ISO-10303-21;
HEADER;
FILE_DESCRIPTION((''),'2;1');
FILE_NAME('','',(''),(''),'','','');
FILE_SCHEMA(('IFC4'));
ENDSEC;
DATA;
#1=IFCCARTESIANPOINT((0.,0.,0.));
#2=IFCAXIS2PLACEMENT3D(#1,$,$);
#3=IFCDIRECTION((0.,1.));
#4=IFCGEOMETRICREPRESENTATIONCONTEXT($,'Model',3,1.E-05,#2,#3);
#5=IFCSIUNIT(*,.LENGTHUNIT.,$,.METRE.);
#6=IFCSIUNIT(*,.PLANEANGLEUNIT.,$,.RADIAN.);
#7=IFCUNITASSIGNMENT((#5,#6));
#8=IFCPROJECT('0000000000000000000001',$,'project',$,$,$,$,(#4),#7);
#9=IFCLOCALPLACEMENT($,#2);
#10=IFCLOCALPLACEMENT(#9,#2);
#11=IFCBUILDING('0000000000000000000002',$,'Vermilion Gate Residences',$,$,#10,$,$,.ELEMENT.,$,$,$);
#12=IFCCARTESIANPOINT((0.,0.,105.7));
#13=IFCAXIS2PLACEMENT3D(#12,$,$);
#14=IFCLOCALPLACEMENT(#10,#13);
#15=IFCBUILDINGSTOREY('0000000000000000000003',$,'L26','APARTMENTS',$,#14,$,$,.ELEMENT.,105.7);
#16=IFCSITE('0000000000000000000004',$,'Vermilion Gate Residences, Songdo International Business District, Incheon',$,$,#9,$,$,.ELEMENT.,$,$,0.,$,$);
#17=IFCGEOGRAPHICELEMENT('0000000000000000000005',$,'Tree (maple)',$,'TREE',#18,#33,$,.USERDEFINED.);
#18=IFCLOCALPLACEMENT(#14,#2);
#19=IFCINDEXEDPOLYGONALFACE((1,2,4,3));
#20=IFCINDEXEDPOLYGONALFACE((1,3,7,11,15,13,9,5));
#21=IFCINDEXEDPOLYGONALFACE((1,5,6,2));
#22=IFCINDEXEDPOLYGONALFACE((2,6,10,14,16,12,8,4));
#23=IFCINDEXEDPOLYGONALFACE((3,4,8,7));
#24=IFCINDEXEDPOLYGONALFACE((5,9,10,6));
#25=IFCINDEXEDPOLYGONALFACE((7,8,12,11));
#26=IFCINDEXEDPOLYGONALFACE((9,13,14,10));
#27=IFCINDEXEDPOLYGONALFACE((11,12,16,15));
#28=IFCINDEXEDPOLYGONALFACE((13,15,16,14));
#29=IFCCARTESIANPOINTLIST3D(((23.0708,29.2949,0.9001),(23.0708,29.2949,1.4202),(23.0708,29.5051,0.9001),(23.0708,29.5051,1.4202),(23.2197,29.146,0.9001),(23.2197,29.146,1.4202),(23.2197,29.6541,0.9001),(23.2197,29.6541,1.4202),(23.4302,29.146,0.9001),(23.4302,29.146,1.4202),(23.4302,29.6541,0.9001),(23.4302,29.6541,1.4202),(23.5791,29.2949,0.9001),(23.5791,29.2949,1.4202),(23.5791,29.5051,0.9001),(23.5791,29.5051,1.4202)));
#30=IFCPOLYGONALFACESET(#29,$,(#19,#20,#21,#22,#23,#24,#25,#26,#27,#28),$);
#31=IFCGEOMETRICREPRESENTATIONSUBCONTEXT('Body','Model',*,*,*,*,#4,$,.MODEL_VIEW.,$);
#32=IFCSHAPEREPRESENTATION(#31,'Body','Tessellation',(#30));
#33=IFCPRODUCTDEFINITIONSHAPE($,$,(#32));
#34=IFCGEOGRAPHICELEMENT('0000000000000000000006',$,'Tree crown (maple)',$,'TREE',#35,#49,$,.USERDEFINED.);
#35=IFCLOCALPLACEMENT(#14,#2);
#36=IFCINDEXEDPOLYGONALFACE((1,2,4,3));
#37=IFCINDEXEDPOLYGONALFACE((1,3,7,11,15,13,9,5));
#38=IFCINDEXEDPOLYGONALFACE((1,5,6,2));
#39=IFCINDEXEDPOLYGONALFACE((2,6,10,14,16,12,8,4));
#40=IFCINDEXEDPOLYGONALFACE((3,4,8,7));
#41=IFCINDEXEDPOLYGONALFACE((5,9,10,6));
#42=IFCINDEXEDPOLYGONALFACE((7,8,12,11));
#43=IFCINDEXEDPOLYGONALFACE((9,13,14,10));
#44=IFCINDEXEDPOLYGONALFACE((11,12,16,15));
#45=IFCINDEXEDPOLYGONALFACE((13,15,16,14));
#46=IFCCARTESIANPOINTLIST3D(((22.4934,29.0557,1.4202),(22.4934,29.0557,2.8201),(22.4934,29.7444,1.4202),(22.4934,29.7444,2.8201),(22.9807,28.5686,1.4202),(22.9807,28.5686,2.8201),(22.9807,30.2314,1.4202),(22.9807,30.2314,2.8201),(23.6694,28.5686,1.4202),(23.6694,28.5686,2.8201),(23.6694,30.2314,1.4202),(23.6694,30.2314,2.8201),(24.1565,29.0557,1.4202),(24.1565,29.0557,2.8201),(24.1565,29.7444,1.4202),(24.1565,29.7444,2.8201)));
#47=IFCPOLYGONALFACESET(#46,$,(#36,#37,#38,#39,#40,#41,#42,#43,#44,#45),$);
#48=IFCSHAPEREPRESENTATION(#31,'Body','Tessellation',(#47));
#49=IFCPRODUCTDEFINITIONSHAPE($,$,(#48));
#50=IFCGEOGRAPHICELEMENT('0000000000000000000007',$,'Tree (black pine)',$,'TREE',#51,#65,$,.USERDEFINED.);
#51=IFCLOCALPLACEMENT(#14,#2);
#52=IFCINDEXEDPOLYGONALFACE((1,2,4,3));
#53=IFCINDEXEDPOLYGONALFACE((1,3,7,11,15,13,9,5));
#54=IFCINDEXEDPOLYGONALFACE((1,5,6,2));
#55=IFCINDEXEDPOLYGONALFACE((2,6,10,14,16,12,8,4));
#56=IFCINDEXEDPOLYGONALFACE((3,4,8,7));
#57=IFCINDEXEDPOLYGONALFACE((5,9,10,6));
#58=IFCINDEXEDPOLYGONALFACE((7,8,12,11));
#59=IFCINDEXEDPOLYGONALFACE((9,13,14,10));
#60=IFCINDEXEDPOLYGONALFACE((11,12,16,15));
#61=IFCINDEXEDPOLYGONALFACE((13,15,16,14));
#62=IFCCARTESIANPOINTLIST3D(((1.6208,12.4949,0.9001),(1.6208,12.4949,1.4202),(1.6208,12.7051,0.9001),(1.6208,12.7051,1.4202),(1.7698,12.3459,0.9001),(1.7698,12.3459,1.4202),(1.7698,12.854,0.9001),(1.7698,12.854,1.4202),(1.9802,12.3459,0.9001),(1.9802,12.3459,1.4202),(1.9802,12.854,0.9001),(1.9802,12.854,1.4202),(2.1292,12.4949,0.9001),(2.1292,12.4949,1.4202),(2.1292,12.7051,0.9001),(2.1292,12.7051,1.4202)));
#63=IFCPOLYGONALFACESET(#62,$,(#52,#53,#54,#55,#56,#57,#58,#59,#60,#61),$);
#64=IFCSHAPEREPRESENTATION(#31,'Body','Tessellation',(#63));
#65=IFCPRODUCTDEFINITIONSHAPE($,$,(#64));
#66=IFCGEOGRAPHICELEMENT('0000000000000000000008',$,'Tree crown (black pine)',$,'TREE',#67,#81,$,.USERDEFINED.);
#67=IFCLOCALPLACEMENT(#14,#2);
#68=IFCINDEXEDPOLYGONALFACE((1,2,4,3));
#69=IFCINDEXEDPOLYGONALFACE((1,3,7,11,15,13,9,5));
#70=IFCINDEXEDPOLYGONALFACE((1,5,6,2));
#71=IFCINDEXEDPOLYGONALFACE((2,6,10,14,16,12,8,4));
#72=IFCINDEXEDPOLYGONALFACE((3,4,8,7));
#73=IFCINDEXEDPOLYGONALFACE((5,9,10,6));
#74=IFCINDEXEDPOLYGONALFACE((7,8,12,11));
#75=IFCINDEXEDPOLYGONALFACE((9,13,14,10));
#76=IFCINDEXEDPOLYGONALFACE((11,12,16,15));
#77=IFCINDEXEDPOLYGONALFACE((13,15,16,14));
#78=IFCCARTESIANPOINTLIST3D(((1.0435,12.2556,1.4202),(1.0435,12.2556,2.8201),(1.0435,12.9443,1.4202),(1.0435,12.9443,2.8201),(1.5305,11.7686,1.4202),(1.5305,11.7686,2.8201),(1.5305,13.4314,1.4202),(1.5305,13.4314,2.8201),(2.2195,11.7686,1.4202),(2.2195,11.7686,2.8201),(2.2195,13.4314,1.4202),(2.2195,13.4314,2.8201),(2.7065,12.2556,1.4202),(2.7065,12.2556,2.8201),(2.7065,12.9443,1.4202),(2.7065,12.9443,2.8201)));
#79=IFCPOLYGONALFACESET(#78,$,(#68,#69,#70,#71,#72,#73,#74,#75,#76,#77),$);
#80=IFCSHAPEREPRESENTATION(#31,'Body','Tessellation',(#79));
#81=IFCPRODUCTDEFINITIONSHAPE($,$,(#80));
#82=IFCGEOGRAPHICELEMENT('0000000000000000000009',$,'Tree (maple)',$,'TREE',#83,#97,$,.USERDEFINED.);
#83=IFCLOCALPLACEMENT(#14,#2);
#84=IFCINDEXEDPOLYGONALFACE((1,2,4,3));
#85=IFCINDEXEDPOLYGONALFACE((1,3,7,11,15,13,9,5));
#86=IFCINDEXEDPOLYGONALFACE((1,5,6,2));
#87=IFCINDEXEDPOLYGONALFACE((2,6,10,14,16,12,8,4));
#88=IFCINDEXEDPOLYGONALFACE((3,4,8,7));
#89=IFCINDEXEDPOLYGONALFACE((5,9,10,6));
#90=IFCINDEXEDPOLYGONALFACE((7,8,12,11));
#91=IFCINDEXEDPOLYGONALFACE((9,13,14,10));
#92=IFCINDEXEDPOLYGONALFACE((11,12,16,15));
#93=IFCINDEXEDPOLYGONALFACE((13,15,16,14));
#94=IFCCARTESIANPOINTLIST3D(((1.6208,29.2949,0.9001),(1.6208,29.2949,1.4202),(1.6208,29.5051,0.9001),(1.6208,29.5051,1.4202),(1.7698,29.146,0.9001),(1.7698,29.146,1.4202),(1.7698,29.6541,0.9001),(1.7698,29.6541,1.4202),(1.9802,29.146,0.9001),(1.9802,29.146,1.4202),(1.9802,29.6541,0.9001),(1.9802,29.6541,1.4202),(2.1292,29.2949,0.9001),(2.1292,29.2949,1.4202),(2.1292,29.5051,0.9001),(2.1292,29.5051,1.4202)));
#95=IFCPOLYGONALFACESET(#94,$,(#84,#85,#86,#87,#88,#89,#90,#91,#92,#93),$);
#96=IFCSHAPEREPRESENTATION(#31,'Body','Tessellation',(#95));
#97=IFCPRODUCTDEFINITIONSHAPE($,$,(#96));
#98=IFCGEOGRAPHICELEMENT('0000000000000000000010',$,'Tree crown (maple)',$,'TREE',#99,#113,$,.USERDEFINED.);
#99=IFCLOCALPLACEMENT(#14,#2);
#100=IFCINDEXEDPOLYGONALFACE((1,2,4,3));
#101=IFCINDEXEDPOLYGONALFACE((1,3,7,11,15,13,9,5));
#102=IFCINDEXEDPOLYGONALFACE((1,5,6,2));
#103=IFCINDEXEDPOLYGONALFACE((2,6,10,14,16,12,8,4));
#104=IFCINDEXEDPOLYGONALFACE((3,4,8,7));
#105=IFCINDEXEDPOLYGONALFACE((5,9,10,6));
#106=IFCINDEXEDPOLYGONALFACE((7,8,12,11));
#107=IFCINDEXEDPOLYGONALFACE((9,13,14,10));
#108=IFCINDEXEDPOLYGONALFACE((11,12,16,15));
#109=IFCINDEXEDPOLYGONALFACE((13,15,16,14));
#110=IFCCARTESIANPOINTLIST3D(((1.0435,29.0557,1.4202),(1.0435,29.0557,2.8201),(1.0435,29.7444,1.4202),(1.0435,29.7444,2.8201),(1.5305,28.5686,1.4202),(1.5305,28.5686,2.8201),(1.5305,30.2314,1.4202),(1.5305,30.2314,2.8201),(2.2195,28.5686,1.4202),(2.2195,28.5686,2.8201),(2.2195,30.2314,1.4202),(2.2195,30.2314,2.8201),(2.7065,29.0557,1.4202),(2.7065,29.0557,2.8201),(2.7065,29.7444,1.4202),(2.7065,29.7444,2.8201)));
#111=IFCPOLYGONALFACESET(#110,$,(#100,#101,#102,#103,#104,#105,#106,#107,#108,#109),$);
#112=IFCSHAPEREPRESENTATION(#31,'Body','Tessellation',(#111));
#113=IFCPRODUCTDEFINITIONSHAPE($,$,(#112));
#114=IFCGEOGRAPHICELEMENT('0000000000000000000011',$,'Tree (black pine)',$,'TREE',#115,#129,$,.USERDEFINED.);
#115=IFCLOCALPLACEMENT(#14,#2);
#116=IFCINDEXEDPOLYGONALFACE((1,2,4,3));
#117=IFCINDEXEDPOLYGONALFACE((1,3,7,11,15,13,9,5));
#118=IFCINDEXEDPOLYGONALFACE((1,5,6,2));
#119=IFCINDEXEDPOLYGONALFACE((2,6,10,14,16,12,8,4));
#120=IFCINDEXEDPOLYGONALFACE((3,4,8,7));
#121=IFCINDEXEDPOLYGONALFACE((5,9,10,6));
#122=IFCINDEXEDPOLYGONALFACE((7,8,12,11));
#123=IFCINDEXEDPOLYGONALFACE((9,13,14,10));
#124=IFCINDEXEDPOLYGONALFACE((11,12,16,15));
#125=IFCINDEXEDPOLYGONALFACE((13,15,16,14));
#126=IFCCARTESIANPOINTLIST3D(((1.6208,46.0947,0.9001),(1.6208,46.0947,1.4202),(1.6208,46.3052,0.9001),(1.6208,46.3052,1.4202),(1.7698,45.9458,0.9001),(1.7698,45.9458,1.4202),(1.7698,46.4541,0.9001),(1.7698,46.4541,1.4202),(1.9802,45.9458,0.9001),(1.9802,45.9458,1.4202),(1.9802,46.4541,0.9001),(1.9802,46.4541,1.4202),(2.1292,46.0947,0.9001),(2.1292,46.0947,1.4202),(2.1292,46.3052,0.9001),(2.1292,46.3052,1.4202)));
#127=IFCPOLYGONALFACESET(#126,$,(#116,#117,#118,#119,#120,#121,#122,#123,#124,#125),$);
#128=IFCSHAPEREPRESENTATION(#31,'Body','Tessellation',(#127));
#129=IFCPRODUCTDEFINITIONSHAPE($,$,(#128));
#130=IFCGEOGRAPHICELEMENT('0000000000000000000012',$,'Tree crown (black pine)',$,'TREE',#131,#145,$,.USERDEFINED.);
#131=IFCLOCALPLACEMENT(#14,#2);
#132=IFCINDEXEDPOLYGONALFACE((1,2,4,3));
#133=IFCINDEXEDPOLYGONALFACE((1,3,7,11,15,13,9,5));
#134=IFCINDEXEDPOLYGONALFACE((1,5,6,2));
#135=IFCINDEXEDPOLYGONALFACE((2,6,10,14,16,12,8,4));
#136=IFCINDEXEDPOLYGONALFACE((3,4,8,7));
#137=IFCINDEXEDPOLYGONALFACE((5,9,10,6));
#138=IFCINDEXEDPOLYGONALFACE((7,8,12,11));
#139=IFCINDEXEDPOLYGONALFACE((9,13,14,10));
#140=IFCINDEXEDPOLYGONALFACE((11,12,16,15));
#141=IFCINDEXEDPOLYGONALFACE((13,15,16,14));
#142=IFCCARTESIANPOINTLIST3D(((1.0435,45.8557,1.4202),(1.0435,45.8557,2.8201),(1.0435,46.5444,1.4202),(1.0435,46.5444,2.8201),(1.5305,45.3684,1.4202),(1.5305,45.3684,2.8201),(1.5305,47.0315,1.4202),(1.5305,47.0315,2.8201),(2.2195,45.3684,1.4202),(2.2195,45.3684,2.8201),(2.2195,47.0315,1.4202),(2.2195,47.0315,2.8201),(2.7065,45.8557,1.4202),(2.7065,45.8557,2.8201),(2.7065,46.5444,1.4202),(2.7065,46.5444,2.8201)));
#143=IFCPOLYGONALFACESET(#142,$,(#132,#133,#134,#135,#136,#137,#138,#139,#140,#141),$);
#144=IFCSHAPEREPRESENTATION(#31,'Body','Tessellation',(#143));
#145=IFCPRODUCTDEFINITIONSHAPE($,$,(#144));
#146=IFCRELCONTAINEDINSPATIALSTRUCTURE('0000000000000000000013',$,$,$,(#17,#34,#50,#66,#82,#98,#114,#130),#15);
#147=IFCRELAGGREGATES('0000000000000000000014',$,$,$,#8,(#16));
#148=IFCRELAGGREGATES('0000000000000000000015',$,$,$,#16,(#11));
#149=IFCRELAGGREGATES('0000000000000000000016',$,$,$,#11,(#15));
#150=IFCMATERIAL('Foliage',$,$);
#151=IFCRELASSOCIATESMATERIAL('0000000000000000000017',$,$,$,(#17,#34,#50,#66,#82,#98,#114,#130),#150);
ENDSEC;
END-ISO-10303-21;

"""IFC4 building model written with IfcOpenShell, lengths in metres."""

from ifc_helpers import new_model, si_unit, direction, frame, origin, place, context, subcontext, project, spatial, polyline, outline, extrude, material, element, save


model = new_model("IFC4")

# Units and contexts
model_context = context("Model", 3, precision=1e-05, world=origin(), true_north=direction((0.0, 1.0)))
body_context = subcontext(model_context, "Body", "Model", "MODEL_VIEW")
ifc_project = project(units=[si_unit("LENGTHUNIT", "METRE"), si_unit("PLANEANGLEUNIT", "RADIAN")], contexts=[model_context])

# Site, building, storey
site_placement = place(None, origin())
site = spatial("IfcSite", under=ifc_project, at=site_placement, Name="Vermilion Gate Residences, Songdo International Business District, Incheon", CompositionType="ELEMENT", RefElevation=0.0)
building_placement = place(site_placement, origin())
building = spatial("IfcBuilding", under=site, at=building_placement, Name="Vermilion Gate Residences", CompositionType="ELEMENT")
storey_placement = place(building_placement, frame((0.0, 0.0, 105.7)))
storey = spatial("IfcBuildingStorey", under=building, at=storey_placement, Name="L26", Description="APARTMENTS", CompositionType="ELEMENT", Elevation=105.7)

# Geographic elements
ifc_material_1 = material(Name="Foliage")
geographic_element_1_placement = place(storey_placement, frame((0.0, 0.0, 0.9001)))
element("IfcGeographicElement", 1, at=geographic_element_1_placement, inside=storey, material=ifc_material_1, Name="Tree (maple)", ObjectType="TREE", PredefinedType="USERDEFINED", context=body_context, shape_type="SweptSolid", body=[
    extrude(outline(polyline([(23.5791, 29.5051), (23.4302, 29.6541), (23.2197, 29.6541), (23.0708, 29.5051), (23.0708, 29.2949), (23.2197, 29.146), (23.4302, 29.146), (23.5791, 29.2949), (23.5791, 29.5051)])), origin(), (0.0, 0.0, 1.0), 0.52),
])
geographic_element_2_placement = place(storey_placement, frame((0.0, 0.0, 1.4202)))
element("IfcGeographicElement", 2, at=geographic_element_2_placement, inside=storey, material=ifc_material_1, Name="Tree crown (maple)", ObjectType="TREE", PredefinedType="USERDEFINED", context=body_context, shape_type="SweptSolid", body=[
    extrude(outline(polyline([(24.1565, 29.7444), (23.6694, 30.2314), (22.9807, 30.2314), (22.4934, 29.7444), (22.4934, 29.0557), (22.9807, 28.5686), (23.6694, 28.5686), (24.1565, 29.0557), (24.1565, 29.7444)])), origin(), (0.0, 0.0, 1.0), 1.3999),
])
geographic_element_3_placement = place(storey_placement, frame((0.0, 0.0, 0.9001)))
element("IfcGeographicElement", 3, at=geographic_element_3_placement, inside=storey, material=ifc_material_1, Name="Tree (black pine)", ObjectType="TREE", PredefinedType="USERDEFINED", context=body_context, shape_type="SweptSolid", body=[
    extrude(outline(polyline([(2.1292, 12.7051), (1.9802, 12.854), (1.7698, 12.854), (1.6208, 12.7051), (1.6208, 12.4949), (1.7698, 12.3459), (1.9802, 12.3459), (2.1292, 12.4949), (2.1292, 12.7051)])), origin(), (0.0, 0.0, 1.0), 0.52),
])
geographic_element_4_placement = place(storey_placement, frame((0.0, 0.0, 1.4202)))
element("IfcGeographicElement", 4, at=geographic_element_4_placement, inside=storey, material=ifc_material_1, Name="Tree crown (black pine)", ObjectType="TREE", PredefinedType="USERDEFINED", context=body_context, shape_type="SweptSolid", body=[
    extrude(outline(polyline([(2.7065, 12.9443), (2.2195, 13.4314), (1.5305, 13.4314), (1.0435, 12.9443), (1.0435, 12.2556), (1.5305, 11.7686), (2.2195, 11.7686), (2.7065, 12.2556), (2.7065, 12.9443)])), origin(), (0.0, 0.0, 1.0), 1.3999),
])
geographic_element_5_placement = place(storey_placement, frame((0.0, 0.0, 0.9001)))
element("IfcGeographicElement", 5, at=geographic_element_5_placement, inside=storey, material=ifc_material_1, Name="Tree (maple)", ObjectType="TREE", PredefinedType="USERDEFINED", context=body_context, shape_type="SweptSolid", body=[
    extrude(outline(polyline([(2.1292, 29.5051), (1.9802, 29.6541), (1.7698, 29.6541), (1.6208, 29.5051), (1.6208, 29.2949), (1.7698, 29.146), (1.9802, 29.146), (2.1292, 29.2949), (2.1292, 29.5051)])), origin(), (0.0, 0.0, 1.0), 0.52),
])
geographic_element_6_placement = place(storey_placement, frame((0.0, 0.0, 1.4202)))
element("IfcGeographicElement", 6, at=geographic_element_6_placement, inside=storey, material=ifc_material_1, Name="Tree crown (maple)", ObjectType="TREE", PredefinedType="USERDEFINED", context=body_context, shape_type="SweptSolid", body=[
    extrude(outline(polyline([(2.7065, 29.7444), (2.2195, 30.2314), (1.5305, 30.2314), (1.0435, 29.7444), (1.0435, 29.0557), (1.5305, 28.5686), (2.2195, 28.5686), (2.7065, 29.0557), (2.7065, 29.7444)])), origin(), (0.0, 0.0, 1.0), 1.3999),
])
geographic_element_7_placement = place(storey_placement, frame((0.0, 0.0, 0.9001)))
element("IfcGeographicElement", 7, at=geographic_element_7_placement, inside=storey, material=ifc_material_1, Name="Tree (black pine)", ObjectType="TREE", PredefinedType="USERDEFINED", context=body_context, shape_type="SweptSolid", body=[
    extrude(outline(polyline([(2.1292, 46.3052), (1.9802, 46.4541), (1.7698, 46.4541), (1.6208, 46.3052), (1.6208, 46.0947), (1.7698, 45.9458), (1.9802, 45.9458), (2.1292, 46.0947), (2.1292, 46.3052)])), origin(), (0.0, 0.0, 1.0), 0.52),
])
geographic_element_8_placement = place(storey_placement, frame((0.0, 0.0, 1.4202)))
element("IfcGeographicElement", 8, at=geographic_element_8_placement, inside=storey, material=ifc_material_1, Name="Tree crown (black pine)", ObjectType="TREE", PredefinedType="USERDEFINED", context=body_context, shape_type="SweptSolid", body=[
    extrude(outline(polyline([(2.7065, 46.5444), (2.2195, 47.0315), (1.5305, 47.0315), (1.0435, 46.5444), (1.0435, 45.8557), (1.5305, 45.3684), (2.2195, 45.3684), (2.7065, 45.8557), (2.7065, 46.5444)])), origin(), (0.0, 0.0, 1.0), 1.3999),
])

save(model, "model.ifc")
